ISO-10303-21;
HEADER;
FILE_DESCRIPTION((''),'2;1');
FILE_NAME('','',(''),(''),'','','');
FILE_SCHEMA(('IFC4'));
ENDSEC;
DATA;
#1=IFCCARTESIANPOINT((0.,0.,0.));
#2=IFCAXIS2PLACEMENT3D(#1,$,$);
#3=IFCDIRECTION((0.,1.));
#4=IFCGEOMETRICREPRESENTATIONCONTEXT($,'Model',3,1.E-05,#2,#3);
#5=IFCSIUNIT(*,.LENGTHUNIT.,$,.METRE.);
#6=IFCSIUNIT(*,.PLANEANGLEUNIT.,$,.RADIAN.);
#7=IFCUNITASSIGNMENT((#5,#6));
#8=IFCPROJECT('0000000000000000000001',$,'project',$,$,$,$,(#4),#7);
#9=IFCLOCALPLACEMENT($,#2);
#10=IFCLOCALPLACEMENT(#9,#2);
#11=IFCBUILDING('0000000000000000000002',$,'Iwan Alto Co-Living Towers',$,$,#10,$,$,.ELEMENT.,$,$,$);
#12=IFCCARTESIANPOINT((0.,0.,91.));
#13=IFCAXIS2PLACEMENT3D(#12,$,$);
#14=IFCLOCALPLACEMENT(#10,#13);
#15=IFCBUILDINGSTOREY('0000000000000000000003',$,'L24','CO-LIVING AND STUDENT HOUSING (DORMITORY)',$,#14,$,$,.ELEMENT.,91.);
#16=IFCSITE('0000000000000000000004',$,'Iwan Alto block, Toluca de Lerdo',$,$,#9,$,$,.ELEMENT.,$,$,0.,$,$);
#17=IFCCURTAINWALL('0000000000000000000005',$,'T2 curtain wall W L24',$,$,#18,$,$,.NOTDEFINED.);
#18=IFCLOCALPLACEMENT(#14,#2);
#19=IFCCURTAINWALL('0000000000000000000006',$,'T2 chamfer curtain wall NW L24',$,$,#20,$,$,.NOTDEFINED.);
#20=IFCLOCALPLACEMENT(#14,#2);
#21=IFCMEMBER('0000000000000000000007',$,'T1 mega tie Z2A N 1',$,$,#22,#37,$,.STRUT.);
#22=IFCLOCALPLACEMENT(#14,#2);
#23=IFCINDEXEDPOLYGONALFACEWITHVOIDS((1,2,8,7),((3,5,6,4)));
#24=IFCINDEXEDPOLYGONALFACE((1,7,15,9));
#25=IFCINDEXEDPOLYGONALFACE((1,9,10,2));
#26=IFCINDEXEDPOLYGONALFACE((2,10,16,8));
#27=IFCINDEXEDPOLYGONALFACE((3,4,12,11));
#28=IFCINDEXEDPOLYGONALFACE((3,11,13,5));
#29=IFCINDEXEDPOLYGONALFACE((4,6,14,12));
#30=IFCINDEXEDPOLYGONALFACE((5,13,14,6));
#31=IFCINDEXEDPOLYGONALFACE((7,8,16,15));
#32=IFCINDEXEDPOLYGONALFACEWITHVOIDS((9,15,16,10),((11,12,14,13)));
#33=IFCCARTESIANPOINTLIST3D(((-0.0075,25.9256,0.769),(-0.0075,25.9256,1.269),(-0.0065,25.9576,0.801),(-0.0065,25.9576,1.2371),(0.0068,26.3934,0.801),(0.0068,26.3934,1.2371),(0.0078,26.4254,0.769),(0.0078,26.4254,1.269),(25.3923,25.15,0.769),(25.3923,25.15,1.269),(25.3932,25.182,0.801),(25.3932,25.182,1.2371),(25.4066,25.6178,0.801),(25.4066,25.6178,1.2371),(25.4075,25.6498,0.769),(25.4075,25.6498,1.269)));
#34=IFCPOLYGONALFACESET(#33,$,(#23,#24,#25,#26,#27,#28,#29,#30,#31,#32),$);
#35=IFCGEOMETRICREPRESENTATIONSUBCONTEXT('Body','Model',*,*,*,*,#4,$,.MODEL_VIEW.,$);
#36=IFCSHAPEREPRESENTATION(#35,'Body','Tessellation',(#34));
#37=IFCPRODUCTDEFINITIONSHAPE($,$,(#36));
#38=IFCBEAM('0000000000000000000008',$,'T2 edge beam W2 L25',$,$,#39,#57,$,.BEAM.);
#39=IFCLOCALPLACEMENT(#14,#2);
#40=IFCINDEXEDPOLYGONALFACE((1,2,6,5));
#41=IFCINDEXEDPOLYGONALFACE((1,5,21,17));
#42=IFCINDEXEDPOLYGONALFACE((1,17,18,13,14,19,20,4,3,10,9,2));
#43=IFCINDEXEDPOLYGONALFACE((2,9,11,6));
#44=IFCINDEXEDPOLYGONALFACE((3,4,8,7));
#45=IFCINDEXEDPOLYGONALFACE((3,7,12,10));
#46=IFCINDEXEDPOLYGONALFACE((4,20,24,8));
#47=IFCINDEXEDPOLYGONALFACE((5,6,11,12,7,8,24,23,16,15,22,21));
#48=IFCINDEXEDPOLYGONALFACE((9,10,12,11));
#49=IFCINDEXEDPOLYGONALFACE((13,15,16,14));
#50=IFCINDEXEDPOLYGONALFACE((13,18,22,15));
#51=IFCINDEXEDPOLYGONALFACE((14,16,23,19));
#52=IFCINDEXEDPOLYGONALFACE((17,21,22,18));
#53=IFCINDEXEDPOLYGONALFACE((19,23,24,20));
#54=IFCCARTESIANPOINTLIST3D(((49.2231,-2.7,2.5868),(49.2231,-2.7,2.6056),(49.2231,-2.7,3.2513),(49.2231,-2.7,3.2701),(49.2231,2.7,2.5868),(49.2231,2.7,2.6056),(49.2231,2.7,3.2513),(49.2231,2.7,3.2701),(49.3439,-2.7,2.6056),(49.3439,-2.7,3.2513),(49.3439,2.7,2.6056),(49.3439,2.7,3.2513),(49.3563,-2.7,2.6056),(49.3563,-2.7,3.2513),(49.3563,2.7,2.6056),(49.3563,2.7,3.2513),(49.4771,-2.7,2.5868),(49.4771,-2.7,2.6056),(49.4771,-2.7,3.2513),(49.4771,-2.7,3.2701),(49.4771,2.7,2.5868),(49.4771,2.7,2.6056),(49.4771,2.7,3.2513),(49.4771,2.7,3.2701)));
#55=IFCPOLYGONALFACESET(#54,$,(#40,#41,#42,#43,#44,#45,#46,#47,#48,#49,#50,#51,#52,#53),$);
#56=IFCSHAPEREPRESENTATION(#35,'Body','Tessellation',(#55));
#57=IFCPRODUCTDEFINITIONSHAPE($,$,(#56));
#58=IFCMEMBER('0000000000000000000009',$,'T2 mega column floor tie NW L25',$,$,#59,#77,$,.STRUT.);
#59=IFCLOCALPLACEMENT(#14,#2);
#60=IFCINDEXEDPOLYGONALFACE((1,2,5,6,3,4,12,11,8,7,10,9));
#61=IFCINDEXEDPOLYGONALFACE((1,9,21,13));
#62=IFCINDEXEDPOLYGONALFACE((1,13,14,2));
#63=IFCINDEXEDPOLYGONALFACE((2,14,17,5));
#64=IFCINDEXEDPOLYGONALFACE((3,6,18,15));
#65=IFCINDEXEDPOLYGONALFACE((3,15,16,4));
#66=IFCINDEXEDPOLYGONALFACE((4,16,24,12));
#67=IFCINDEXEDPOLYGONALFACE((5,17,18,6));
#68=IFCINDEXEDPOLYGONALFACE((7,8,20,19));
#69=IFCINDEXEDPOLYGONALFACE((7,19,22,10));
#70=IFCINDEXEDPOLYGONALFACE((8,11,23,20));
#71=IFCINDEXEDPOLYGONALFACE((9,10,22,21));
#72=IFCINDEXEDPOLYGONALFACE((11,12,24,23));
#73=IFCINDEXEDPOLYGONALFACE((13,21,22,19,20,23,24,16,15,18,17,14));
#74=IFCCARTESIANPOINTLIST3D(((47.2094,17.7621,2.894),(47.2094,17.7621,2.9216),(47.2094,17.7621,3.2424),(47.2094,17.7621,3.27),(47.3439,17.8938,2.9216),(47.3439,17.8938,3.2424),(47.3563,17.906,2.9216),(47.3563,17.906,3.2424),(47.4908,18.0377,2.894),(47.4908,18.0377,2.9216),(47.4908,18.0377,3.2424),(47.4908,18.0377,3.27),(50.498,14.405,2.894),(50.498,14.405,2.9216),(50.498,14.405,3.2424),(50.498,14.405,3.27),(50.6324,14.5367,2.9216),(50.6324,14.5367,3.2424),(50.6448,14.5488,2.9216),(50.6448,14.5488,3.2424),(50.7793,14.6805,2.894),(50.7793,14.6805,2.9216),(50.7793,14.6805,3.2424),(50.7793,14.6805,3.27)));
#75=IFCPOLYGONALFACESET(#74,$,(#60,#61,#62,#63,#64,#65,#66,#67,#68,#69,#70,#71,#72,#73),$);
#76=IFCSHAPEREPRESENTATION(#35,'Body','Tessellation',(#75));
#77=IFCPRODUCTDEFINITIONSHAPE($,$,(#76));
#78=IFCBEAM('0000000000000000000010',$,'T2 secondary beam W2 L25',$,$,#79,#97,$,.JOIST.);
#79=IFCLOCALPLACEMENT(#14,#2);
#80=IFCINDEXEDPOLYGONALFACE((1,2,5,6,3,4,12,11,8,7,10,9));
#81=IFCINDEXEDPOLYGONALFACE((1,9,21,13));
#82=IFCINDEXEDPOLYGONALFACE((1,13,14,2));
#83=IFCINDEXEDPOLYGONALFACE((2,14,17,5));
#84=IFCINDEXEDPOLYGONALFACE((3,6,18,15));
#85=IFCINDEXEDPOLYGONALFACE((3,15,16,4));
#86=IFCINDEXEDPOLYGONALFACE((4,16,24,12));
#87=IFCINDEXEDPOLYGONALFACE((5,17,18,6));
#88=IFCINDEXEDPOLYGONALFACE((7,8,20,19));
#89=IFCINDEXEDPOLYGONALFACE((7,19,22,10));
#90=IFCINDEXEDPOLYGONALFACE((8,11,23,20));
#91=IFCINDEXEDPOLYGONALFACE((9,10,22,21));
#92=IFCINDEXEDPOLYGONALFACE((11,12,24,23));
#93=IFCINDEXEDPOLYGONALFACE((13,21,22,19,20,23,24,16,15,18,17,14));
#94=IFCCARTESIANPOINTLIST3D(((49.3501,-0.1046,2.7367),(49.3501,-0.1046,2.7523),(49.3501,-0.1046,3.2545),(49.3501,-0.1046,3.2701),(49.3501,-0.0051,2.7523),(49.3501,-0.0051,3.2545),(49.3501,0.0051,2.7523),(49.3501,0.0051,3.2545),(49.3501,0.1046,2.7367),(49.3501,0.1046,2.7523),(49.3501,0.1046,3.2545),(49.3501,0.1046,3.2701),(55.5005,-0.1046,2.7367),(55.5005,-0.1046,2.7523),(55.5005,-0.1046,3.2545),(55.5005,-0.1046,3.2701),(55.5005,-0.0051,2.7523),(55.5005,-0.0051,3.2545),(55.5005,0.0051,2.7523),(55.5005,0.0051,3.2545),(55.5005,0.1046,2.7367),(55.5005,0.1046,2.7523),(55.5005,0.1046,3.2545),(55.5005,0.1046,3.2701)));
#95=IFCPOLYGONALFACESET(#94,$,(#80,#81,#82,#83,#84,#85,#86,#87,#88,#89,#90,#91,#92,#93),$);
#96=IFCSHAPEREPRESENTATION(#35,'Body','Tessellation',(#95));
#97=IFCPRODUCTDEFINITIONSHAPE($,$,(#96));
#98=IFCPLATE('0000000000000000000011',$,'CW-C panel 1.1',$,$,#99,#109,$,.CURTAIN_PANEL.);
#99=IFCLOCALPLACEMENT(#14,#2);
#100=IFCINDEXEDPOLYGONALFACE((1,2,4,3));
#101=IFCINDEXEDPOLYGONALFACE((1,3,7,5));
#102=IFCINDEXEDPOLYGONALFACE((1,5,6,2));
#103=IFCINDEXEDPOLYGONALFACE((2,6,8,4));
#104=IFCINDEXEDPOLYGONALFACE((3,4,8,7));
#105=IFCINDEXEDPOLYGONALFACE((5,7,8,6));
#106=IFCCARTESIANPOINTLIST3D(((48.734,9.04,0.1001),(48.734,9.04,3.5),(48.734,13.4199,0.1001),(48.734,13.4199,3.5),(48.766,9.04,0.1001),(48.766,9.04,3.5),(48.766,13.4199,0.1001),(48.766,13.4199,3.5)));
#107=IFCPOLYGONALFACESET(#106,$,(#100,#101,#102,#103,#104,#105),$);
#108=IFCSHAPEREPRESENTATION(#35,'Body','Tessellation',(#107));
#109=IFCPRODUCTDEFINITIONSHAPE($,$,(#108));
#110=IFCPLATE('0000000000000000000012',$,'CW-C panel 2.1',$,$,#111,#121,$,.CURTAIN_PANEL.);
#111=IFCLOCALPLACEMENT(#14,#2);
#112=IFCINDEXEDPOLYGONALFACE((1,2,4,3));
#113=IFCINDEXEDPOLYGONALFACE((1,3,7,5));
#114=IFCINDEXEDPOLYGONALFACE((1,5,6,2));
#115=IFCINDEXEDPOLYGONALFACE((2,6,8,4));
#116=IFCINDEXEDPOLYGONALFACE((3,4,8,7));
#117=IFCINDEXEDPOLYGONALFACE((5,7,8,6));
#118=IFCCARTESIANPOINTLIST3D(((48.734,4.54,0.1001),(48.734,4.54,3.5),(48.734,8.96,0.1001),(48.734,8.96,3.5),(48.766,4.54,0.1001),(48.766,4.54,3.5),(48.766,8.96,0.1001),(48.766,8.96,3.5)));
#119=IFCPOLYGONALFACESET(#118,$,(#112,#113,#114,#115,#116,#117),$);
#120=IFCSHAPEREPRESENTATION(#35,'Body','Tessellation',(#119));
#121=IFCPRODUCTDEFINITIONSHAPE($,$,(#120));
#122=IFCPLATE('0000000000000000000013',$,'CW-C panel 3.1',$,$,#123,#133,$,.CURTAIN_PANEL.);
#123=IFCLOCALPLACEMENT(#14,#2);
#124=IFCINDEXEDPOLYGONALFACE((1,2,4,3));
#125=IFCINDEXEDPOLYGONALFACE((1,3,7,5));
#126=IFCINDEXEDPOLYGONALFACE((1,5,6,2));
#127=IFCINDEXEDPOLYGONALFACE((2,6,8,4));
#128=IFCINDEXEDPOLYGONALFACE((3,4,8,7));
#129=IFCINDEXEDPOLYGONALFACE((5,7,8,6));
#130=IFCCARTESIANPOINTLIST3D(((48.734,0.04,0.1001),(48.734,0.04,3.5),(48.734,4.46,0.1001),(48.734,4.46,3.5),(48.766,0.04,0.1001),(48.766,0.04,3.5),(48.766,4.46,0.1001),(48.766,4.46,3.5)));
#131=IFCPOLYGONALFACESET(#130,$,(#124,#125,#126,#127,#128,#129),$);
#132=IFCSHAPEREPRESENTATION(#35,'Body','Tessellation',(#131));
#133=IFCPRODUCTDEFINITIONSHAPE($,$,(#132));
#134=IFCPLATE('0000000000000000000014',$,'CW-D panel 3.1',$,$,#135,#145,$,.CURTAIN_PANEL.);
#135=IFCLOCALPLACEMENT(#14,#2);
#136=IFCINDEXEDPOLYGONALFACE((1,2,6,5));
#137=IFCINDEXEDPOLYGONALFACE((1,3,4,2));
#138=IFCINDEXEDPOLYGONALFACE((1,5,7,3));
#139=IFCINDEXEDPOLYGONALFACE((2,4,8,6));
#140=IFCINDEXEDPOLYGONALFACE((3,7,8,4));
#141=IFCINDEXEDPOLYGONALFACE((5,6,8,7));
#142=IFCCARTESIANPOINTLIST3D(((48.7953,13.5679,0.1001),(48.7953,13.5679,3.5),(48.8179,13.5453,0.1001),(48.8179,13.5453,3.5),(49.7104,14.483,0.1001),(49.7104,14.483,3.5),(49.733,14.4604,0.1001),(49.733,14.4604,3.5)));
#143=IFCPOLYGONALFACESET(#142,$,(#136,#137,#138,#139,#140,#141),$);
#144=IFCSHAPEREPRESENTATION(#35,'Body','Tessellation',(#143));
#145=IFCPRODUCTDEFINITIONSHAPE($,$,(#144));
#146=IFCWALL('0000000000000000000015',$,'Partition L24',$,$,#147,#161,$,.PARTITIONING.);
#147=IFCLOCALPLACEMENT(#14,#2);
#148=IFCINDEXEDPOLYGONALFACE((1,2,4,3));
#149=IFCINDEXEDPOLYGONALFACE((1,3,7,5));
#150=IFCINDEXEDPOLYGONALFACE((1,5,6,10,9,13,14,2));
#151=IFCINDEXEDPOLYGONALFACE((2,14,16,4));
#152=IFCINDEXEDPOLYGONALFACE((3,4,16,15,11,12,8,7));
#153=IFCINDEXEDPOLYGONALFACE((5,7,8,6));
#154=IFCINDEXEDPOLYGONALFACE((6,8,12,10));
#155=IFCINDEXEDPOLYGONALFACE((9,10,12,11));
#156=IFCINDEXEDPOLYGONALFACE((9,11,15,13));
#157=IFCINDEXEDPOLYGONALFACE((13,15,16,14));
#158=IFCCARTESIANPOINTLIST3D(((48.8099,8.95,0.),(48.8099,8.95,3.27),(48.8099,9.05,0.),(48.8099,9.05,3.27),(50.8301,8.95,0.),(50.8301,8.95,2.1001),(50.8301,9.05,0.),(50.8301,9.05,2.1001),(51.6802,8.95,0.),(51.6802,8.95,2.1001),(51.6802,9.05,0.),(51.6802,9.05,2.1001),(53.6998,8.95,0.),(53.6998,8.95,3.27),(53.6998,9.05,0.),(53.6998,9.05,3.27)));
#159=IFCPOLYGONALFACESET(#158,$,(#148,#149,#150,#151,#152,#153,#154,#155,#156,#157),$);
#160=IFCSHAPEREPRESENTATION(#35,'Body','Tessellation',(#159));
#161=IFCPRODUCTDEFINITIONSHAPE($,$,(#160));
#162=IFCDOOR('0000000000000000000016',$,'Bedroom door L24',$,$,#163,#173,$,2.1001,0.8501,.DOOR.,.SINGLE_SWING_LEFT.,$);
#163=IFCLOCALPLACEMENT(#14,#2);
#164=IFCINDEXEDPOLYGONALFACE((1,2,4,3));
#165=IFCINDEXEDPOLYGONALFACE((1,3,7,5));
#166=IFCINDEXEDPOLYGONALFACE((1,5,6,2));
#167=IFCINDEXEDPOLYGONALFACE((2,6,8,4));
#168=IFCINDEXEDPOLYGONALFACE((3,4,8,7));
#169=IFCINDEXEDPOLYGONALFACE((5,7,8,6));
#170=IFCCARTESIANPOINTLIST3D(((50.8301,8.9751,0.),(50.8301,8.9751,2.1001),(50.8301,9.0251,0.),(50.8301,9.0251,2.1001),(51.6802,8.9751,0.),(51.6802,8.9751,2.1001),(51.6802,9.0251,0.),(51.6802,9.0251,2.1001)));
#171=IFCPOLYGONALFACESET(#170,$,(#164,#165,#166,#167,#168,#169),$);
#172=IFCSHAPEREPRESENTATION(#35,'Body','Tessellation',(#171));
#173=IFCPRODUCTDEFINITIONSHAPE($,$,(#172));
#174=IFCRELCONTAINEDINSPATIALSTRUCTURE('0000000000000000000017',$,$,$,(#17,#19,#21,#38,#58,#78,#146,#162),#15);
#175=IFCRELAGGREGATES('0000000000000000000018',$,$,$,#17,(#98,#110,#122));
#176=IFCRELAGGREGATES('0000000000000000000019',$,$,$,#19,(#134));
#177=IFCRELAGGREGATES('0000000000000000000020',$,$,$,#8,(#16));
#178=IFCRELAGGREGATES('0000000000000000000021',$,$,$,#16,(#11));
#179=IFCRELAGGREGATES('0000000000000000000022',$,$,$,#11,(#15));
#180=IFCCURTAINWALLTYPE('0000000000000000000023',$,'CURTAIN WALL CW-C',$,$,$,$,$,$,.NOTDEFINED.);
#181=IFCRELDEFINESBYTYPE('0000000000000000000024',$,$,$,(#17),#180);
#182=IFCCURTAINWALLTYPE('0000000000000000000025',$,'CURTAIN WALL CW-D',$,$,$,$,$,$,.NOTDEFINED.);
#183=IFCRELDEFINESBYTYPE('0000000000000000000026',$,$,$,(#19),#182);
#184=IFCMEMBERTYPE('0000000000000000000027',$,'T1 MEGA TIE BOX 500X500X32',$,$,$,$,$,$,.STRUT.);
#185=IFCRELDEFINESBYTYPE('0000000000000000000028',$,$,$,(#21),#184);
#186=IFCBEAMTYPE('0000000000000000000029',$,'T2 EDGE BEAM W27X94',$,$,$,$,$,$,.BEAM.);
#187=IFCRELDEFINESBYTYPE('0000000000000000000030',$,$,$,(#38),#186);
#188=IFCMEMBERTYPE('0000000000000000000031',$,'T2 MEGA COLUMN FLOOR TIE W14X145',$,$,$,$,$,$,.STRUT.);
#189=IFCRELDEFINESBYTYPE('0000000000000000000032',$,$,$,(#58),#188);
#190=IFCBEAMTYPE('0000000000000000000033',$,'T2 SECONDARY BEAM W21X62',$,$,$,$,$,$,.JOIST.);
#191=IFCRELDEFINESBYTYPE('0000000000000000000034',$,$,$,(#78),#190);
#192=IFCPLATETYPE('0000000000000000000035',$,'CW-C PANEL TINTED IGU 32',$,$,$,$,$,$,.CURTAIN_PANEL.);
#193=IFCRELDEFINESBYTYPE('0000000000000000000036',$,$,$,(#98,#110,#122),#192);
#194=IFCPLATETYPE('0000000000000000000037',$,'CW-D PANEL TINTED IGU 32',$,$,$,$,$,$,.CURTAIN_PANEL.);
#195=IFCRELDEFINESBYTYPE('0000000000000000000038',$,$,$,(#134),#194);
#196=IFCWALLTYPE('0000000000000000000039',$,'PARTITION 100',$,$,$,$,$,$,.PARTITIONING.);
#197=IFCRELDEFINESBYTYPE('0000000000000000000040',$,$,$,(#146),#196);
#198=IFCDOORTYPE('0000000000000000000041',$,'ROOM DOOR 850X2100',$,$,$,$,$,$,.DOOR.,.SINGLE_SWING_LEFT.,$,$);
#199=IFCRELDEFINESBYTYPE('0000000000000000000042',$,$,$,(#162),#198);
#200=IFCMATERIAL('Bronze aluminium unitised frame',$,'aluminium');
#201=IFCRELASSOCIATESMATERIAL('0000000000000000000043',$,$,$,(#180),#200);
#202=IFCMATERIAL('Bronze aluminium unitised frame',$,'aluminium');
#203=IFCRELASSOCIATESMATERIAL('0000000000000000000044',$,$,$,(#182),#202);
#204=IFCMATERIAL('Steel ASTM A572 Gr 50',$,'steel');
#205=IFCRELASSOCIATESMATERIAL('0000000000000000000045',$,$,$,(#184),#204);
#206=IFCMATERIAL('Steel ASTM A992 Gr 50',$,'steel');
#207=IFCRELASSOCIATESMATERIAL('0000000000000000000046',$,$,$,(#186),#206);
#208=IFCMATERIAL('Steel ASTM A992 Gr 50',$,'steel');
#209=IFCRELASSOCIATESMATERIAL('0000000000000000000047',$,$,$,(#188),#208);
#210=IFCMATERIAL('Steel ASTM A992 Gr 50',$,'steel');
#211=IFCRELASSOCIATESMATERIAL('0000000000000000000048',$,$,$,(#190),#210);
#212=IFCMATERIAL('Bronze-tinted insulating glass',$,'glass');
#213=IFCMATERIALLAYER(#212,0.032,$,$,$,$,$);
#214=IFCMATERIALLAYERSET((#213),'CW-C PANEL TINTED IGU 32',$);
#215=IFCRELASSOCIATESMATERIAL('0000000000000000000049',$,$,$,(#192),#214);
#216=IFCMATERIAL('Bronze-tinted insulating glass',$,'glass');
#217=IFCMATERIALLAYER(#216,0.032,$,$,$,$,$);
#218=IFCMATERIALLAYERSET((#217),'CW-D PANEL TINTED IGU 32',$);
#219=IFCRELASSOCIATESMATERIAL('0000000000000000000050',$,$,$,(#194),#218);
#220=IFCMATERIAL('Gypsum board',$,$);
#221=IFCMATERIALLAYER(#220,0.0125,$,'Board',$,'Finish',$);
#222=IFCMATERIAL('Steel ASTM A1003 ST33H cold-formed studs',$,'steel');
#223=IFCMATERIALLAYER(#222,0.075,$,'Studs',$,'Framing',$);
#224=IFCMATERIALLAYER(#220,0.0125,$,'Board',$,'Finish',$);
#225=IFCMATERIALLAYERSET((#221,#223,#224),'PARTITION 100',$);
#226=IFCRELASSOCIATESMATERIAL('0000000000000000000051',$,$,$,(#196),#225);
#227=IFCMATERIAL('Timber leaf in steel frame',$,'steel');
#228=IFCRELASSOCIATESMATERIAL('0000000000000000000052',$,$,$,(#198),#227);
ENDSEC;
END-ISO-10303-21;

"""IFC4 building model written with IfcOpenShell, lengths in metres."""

from ifc_helpers import new_model, si_unit, direction, frame, frame_2d, origin, origin_2d, place, context, subcontext, project, spatial, rectangle, hollow_rectangle, i_section, extrude, material, layer, layer_set, material_profile, profile_set, type_object, element, fill, aggregate, save


model = new_model("IFC4")

# Units and contexts
model_context = context("Model", 3, precision=1e-05, world=origin(), true_north=direction((0.0, 1.0)))
body_context = subcontext(model_context, "Body", "Model", "MODEL_VIEW")
ifc_project = project(units=[si_unit("LENGTHUNIT", "METRE"), si_unit("PLANEANGLEUNIT", "RADIAN")], contexts=[model_context])

# Site, building, storey
site_placement = place(None, origin())
site = spatial("IfcSite", under=ifc_project, at=site_placement, Name="Iwan Alto block, Toluca de Lerdo", CompositionType="ELEMENT", RefElevation=0.0)
building_placement = place(site_placement, origin())
building = spatial("IfcBuilding", under=site, at=building_placement, Name="Iwan Alto Co-Living Towers", CompositionType="ELEMENT")
storey_placement = place(building_placement, frame((0.0, 0.0, 91.0)))
storey = spatial("IfcBuildingStorey", under=building, at=storey_placement, Name="L24", Description="CO-LIVING AND STUDENT HOUSING (DORMITORY)", CompositionType="ELEMENT", Elevation=91.0)

# Curtain wall
ifc_material_1 = material(Name="Bronze aluminium unitised frame", Category="aluminium")
curtain_wall_type_1 = type_object("IfcCurtainWallType", Name="CURTAIN WALL CW-C", PredefinedType="NOTDEFINED", material=ifc_material_1)
curtain_wall_1_placement = place(storey_placement, origin())
curtain_wall_1 = element("IfcCurtainWall", 1, at=curtain_wall_1_placement, inside=storey, type_object=curtain_wall_type_1, Name="T2 curtain wall W L24", PredefinedType="NOTDEFINED")

# Curtain wall
ifc_material_2 = material(Name="Bronze aluminium unitised frame", Category="aluminium")
curtain_wall_type_2 = type_object("IfcCurtainWallType", Name="CURTAIN WALL CW-D", PredefinedType="NOTDEFINED", material=ifc_material_2)
curtain_wall_2_placement = place(storey_placement, origin())
curtain_wall_2 = element("IfcCurtainWall", 2, at=curtain_wall_2_placement, inside=storey, type_object=curtain_wall_type_2, Name="T2 chamfer curtain wall NW L24", PredefinedType="NOTDEFINED")

# Member
ifc_material_3 = material(Name="Steel ASTM A572 Gr 50", Category="steel")
ifc_material_profile_1 = material_profile(ifc_material_3, hollow_rectangle(XDim=0.5, YDim=0.5, WallThickness=0.032, at=origin_2d()), Name="BOX 500X500X32")
ifc_profile_set_1 = profile_set([ifc_material_profile_1], Name="Steel ASTM A572 Gr 50")
member_type_1 = type_object("IfcMemberType", Name="T1 MEGA TIE BOX 500X500X32", PredefinedType="STRUT", material=ifc_profile_set_1)
member_1_placement = place(storey_placement, frame((25.3999, 25.3999, 1.019), z_axis=(-0.999534, 0.030523, 0.0), x_axis=(-0.030523, -0.999534, 0.0)))
element("IfcMember", 3, at=member_1_placement, inside=storey, type_object=member_type_1, Name="T1 mega tie Z2A N 1", PredefinedType="STRUT", context=body_context, shape_type="SweptSolid", body=[
    extrude(hollow_rectangle(XDim=0.5, YDim=0.5, WallThickness=0.032, at=origin_2d()), origin(), (0.0, 0.0, 1.0), 25.4116),
])

# Beam
ifc_material_4 = material(Name="Steel ASTM A992 Gr 50", Category="steel")
ifc_material_profile_2 = material_profile(ifc_material_4, i_section(OverallWidth=0.2539, OverallDepth=0.6833, WebThickness=0.0125, FlangeThickness=0.0188, at=origin_2d()), Name="W27X94")
ifc_profile_set_2 = profile_set([ifc_material_profile_2], Name="Steel ASTM A992 Gr 50")
beam_type_1 = type_object("IfcBeamType", Name="T2 EDGE BEAM W27X94", PredefinedType="BEAM", material=ifc_profile_set_2)
beam_1_placement = place(storey_placement, frame((49.3501, 2.7, 2.9285), z_axis=(0.0, -1.0, 0.0), x_axis=(1.0, 0.0, 0.0)))
element("IfcBeam", 4, at=beam_1_placement, inside=storey, type_object=beam_type_1, Name="T2 edge beam W2 L25", PredefinedType="BEAM", context=body_context, shape_type="SweptSolid", body=[
    extrude(i_section(OverallWidth=0.2539, OverallDepth=0.6833, WebThickness=0.0125, FlangeThickness=0.0188, at=origin_2d()), origin(), (0.0, 0.0, 1.0), 5.3999),
])

# Member
ifc_material_5 = material(Name="Steel ASTM A992 Gr 50", Category="steel")
ifc_material_profile_3 = material_profile(ifc_material_5, i_section(OverallWidth=0.3938, OverallDepth=0.376, WebThickness=0.0173, FlangeThickness=0.0276, at=origin_2d()), Name="W14X145")
ifc_profile_set_3 = profile_set([ifc_material_profile_3], Name="Steel ASTM A992 Gr 50")
member_type_2 = type_object("IfcMemberType", Name="T2 MEGA COLUMN FLOOR TIE W14X145", PredefinedType="STRUT", material=ifc_profile_set_3)
member_2_placement = place(storey_placement, frame((47.3501, 17.8999, 3.082), z_axis=(0.69977, -0.714368, 0.0), x_axis=(0.714368, 0.69977, 0.0)))
element("IfcMember", 5, at=member_2_placement, inside=storey, type_object=member_type_2, Name="T2 mega column floor tie NW L25", PredefinedType="STRUT", context=body_context, shape_type="SweptSolid", body=[
    extrude(i_section(OverallWidth=0.3938, OverallDepth=0.376, WebThickness=0.0173, FlangeThickness=0.0276, at=origin_2d()), origin(), (0.0, 0.0, 1.0), 4.6995),
])

# Beam
ifc_material_6 = material(Name="Steel ASTM A992 Gr 50", Category="steel")
ifc_material_profile_4 = material_profile(ifc_material_6, i_section(OverallWidth=0.2092, OverallDepth=0.5334, WebThickness=0.0103, FlangeThickness=0.0156, at=origin_2d()), Name="W21X62")
ifc_profile_set_4 = profile_set([ifc_material_profile_4], Name="Steel ASTM A992 Gr 50")
beam_type_2 = type_object("IfcBeamType", Name="T2 SECONDARY BEAM W21X62", PredefinedType="JOIST", material=ifc_profile_set_4)
beam_2_placement = place(storey_placement, frame((49.3501, 0.0, 3.0034), z_axis=(1.0, 0.0, 0.0), x_axis=(0.0, 1.0, 0.0)))
element("IfcBeam", 6, at=beam_2_placement, inside=storey, type_object=beam_type_2, Name="T2 secondary beam W2 L25", PredefinedType="JOIST", context=body_context, shape_type="SweptSolid", body=[
    extrude(i_section(OverallWidth=0.2092, OverallDepth=0.5334, WebThickness=0.0103, FlangeThickness=0.0156, at=origin_2d()), origin(), (0.0, 0.0, 1.0), 6.1504),
])

# Plates
ifc_material_7 = material(Name="Bronze-tinted insulating glass", Category="glass")
ifc_layer_1 = layer(ifc_material_7, 0.032)
ifc_layer_set_1 = layer_set([ifc_layer_1], Name="CW-C PANEL TINTED IGU 32")
plate_type_1 = type_object("IfcPlateType", Name="CW-C PANEL TINTED IGU 32", PredefinedType="CURTAIN_PANEL", material=ifc_layer_set_1)
plate_1_placement = place(storey_placement, frame((48.75, 11.23, 0.1001), z_axis=(0.0, 0.0, 1.0), x_axis=(0.0, -1.0, 0.0)))
plate_1 = element("IfcPlate", 7, at=plate_1_placement, type_object=plate_type_1, Name="CW-C panel 1.1", PredefinedType="CURTAIN_PANEL", context=body_context, shape_type="SweptSolid", body=[
    extrude(rectangle(XDim=4.3799, YDim=0.032, at=origin_2d()), origin(), (0.0, 0.0, 1.0), 3.3999),
])
plate_2_placement = place(storey_placement, frame((48.75, 6.75, 0.1001), z_axis=(0.0, 0.0, 1.0), x_axis=(0.0, -1.0, 0.0)))
plate_2 = element("IfcPlate", 8, at=plate_2_placement, type_object=plate_type_1, Name="CW-C panel 2.1", PredefinedType="CURTAIN_PANEL", context=body_context, shape_type="SweptSolid", body=[
    extrude(rectangle(XDim=4.4199, YDim=0.032, at=origin_2d()), origin(), (0.0, 0.0, 1.0), 3.3999),
])
plate_3_placement = place(storey_placement, frame((48.75, 2.25, 0.1001), z_axis=(0.0, 0.0, 1.0), x_axis=(0.0, -1.0, 0.0)))
plate_3 = element("IfcPlate", 9, at=plate_3_placement, type_object=plate_type_1, Name="CW-C panel 3.1", PredefinedType="CURTAIN_PANEL", context=body_context, shape_type="SweptSolid", body=[
    extrude(rectangle(XDim=4.4199, YDim=0.032, at=origin_2d()), origin(), (0.0, 0.0, 1.0), 3.3999),
])
aggregate(curtain_wall_1, [plate_1, plate_2, plate_3])
ifc_material_8 = material(Name="Bronze-tinted insulating glass", Category="glass")
ifc_layer_2 = layer(ifc_material_8, 0.032)
ifc_layer_set_2 = layer_set([ifc_layer_2], Name="CW-D PANEL TINTED IGU 32")
plate_type_2 = type_object("IfcPlateType", Name="CW-D PANEL TINTED IGU 32", PredefinedType="CURTAIN_PANEL", material=ifc_layer_set_2)
plate_4_placement = place(storey_placement, frame((49.2642, 14.0142, 0.1001), z_axis=(0.0, 0.0, 1.0), x_axis=(-0.707107, -0.707107, 0.0)))
plate_4 = element("IfcPlate", 10, at=plate_4_placement, type_object=plate_type_2, Name="CW-D panel 3.1", PredefinedType="CURTAIN_PANEL", context=body_context, shape_type="SweptSolid", body=[
    extrude(rectangle(XDim=1.2942, YDim=0.032, at=origin_2d()), origin(), (0.0, 0.0, 1.0), 3.3999),
])
aggregate(curtain_wall_2, [plate_4])

# Wall, opening, door
ifc_material_9 = material(Name="Gypsum board")
ifc_layer_3 = layer(ifc_material_9, 0.0125, Name="Board", Category="Finish")
ifc_material_10 = material(Name="Steel ASTM A1003 ST33H cold-formed studs", Category="steel")
ifc_layer_4 = layer(ifc_material_10, 0.075, Name="Studs", Category="Framing")
ifc_layer_5 = layer(ifc_material_9, 0.0125, Name="Board", Category="Finish")
ifc_layer_set_3 = layer_set([ifc_layer_3, ifc_layer_4, ifc_layer_5], Name="PARTITION 100")
wall_type = type_object("IfcWallType", Name="PARTITION 100", PredefinedType="PARTITIONING", material=ifc_layer_set_3)
wall_placement = place(storey_placement, frame((48.8101, 9.0, 0.0), z_axis=(0.0, 0.0, 1.0), x_axis=(1.0, 0.0, 0.0)))
wall = element("IfcWall", 11, at=wall_placement, inside=storey, type_object=wall_type, Name="Partition L24", PredefinedType="PARTITIONING", context=body_context, shape_type="SweptSolid", body=[
    extrude(rectangle(XDim=4.8899, YDim=0.1001, at=frame_2d((2.4448, 0.0))), origin(), (0.0, 0.0, 1.0), 3.27),
])
opening_placement = place(wall_placement, frame((2.02, 0.0, 0.0)))
opening = element("IfcOpeningElement", 12, at=opening_placement, cuts=wall, PredefinedType="OPENING", context=body_context, shape_type="SweptSolid", body=[
    extrude(rectangle(XDim=0.8501, YDim=2.1001, at=frame_2d((0.425, 1.05))), frame((0.0, 0.0601, 0.0), z_axis=(0.0, -1.0, 0.0), x_axis=(1.0, 0.0, 0.0)), (0.0, 0.0, 1.0), 0.1201),
])
ifc_material_11 = material(Name="Timber leaf in steel frame", Category="steel")
door_type = type_object("IfcDoorType", Name="ROOM DOOR 850X2100", OperationType="SINGLE_SWING_LEFT", PredefinedType="DOOR", material=ifc_material_11)
door_placement = place(opening_placement, frame((0.8501, 0.0, 0.0), z_axis=(0.0, 0.0, 1.0), x_axis=(-1.0, 0.0, 0.0)))
door = element("IfcDoor", 13, at=door_placement, inside=storey, type_object=door_type, Name="Bedroom door L24", OperationType="SINGLE_SWING_LEFT", OverallHeight=2.1001, OverallWidth=0.8501, PredefinedType="DOOR", context=body_context, shape_type="SweptSolid", body=[
    extrude(rectangle(XDim=0.8501, YDim=2.1001, at=frame_2d((0.425, 1.05))), frame((0.0, 0.0249, 0.0), z_axis=(0.0, -1.0, 0.0), x_axis=(1.0, 0.0, 0.0)), (0.0, 0.0, 1.0), 0.05),
])
fill(opening, door)

save(model, "model.ifc")
